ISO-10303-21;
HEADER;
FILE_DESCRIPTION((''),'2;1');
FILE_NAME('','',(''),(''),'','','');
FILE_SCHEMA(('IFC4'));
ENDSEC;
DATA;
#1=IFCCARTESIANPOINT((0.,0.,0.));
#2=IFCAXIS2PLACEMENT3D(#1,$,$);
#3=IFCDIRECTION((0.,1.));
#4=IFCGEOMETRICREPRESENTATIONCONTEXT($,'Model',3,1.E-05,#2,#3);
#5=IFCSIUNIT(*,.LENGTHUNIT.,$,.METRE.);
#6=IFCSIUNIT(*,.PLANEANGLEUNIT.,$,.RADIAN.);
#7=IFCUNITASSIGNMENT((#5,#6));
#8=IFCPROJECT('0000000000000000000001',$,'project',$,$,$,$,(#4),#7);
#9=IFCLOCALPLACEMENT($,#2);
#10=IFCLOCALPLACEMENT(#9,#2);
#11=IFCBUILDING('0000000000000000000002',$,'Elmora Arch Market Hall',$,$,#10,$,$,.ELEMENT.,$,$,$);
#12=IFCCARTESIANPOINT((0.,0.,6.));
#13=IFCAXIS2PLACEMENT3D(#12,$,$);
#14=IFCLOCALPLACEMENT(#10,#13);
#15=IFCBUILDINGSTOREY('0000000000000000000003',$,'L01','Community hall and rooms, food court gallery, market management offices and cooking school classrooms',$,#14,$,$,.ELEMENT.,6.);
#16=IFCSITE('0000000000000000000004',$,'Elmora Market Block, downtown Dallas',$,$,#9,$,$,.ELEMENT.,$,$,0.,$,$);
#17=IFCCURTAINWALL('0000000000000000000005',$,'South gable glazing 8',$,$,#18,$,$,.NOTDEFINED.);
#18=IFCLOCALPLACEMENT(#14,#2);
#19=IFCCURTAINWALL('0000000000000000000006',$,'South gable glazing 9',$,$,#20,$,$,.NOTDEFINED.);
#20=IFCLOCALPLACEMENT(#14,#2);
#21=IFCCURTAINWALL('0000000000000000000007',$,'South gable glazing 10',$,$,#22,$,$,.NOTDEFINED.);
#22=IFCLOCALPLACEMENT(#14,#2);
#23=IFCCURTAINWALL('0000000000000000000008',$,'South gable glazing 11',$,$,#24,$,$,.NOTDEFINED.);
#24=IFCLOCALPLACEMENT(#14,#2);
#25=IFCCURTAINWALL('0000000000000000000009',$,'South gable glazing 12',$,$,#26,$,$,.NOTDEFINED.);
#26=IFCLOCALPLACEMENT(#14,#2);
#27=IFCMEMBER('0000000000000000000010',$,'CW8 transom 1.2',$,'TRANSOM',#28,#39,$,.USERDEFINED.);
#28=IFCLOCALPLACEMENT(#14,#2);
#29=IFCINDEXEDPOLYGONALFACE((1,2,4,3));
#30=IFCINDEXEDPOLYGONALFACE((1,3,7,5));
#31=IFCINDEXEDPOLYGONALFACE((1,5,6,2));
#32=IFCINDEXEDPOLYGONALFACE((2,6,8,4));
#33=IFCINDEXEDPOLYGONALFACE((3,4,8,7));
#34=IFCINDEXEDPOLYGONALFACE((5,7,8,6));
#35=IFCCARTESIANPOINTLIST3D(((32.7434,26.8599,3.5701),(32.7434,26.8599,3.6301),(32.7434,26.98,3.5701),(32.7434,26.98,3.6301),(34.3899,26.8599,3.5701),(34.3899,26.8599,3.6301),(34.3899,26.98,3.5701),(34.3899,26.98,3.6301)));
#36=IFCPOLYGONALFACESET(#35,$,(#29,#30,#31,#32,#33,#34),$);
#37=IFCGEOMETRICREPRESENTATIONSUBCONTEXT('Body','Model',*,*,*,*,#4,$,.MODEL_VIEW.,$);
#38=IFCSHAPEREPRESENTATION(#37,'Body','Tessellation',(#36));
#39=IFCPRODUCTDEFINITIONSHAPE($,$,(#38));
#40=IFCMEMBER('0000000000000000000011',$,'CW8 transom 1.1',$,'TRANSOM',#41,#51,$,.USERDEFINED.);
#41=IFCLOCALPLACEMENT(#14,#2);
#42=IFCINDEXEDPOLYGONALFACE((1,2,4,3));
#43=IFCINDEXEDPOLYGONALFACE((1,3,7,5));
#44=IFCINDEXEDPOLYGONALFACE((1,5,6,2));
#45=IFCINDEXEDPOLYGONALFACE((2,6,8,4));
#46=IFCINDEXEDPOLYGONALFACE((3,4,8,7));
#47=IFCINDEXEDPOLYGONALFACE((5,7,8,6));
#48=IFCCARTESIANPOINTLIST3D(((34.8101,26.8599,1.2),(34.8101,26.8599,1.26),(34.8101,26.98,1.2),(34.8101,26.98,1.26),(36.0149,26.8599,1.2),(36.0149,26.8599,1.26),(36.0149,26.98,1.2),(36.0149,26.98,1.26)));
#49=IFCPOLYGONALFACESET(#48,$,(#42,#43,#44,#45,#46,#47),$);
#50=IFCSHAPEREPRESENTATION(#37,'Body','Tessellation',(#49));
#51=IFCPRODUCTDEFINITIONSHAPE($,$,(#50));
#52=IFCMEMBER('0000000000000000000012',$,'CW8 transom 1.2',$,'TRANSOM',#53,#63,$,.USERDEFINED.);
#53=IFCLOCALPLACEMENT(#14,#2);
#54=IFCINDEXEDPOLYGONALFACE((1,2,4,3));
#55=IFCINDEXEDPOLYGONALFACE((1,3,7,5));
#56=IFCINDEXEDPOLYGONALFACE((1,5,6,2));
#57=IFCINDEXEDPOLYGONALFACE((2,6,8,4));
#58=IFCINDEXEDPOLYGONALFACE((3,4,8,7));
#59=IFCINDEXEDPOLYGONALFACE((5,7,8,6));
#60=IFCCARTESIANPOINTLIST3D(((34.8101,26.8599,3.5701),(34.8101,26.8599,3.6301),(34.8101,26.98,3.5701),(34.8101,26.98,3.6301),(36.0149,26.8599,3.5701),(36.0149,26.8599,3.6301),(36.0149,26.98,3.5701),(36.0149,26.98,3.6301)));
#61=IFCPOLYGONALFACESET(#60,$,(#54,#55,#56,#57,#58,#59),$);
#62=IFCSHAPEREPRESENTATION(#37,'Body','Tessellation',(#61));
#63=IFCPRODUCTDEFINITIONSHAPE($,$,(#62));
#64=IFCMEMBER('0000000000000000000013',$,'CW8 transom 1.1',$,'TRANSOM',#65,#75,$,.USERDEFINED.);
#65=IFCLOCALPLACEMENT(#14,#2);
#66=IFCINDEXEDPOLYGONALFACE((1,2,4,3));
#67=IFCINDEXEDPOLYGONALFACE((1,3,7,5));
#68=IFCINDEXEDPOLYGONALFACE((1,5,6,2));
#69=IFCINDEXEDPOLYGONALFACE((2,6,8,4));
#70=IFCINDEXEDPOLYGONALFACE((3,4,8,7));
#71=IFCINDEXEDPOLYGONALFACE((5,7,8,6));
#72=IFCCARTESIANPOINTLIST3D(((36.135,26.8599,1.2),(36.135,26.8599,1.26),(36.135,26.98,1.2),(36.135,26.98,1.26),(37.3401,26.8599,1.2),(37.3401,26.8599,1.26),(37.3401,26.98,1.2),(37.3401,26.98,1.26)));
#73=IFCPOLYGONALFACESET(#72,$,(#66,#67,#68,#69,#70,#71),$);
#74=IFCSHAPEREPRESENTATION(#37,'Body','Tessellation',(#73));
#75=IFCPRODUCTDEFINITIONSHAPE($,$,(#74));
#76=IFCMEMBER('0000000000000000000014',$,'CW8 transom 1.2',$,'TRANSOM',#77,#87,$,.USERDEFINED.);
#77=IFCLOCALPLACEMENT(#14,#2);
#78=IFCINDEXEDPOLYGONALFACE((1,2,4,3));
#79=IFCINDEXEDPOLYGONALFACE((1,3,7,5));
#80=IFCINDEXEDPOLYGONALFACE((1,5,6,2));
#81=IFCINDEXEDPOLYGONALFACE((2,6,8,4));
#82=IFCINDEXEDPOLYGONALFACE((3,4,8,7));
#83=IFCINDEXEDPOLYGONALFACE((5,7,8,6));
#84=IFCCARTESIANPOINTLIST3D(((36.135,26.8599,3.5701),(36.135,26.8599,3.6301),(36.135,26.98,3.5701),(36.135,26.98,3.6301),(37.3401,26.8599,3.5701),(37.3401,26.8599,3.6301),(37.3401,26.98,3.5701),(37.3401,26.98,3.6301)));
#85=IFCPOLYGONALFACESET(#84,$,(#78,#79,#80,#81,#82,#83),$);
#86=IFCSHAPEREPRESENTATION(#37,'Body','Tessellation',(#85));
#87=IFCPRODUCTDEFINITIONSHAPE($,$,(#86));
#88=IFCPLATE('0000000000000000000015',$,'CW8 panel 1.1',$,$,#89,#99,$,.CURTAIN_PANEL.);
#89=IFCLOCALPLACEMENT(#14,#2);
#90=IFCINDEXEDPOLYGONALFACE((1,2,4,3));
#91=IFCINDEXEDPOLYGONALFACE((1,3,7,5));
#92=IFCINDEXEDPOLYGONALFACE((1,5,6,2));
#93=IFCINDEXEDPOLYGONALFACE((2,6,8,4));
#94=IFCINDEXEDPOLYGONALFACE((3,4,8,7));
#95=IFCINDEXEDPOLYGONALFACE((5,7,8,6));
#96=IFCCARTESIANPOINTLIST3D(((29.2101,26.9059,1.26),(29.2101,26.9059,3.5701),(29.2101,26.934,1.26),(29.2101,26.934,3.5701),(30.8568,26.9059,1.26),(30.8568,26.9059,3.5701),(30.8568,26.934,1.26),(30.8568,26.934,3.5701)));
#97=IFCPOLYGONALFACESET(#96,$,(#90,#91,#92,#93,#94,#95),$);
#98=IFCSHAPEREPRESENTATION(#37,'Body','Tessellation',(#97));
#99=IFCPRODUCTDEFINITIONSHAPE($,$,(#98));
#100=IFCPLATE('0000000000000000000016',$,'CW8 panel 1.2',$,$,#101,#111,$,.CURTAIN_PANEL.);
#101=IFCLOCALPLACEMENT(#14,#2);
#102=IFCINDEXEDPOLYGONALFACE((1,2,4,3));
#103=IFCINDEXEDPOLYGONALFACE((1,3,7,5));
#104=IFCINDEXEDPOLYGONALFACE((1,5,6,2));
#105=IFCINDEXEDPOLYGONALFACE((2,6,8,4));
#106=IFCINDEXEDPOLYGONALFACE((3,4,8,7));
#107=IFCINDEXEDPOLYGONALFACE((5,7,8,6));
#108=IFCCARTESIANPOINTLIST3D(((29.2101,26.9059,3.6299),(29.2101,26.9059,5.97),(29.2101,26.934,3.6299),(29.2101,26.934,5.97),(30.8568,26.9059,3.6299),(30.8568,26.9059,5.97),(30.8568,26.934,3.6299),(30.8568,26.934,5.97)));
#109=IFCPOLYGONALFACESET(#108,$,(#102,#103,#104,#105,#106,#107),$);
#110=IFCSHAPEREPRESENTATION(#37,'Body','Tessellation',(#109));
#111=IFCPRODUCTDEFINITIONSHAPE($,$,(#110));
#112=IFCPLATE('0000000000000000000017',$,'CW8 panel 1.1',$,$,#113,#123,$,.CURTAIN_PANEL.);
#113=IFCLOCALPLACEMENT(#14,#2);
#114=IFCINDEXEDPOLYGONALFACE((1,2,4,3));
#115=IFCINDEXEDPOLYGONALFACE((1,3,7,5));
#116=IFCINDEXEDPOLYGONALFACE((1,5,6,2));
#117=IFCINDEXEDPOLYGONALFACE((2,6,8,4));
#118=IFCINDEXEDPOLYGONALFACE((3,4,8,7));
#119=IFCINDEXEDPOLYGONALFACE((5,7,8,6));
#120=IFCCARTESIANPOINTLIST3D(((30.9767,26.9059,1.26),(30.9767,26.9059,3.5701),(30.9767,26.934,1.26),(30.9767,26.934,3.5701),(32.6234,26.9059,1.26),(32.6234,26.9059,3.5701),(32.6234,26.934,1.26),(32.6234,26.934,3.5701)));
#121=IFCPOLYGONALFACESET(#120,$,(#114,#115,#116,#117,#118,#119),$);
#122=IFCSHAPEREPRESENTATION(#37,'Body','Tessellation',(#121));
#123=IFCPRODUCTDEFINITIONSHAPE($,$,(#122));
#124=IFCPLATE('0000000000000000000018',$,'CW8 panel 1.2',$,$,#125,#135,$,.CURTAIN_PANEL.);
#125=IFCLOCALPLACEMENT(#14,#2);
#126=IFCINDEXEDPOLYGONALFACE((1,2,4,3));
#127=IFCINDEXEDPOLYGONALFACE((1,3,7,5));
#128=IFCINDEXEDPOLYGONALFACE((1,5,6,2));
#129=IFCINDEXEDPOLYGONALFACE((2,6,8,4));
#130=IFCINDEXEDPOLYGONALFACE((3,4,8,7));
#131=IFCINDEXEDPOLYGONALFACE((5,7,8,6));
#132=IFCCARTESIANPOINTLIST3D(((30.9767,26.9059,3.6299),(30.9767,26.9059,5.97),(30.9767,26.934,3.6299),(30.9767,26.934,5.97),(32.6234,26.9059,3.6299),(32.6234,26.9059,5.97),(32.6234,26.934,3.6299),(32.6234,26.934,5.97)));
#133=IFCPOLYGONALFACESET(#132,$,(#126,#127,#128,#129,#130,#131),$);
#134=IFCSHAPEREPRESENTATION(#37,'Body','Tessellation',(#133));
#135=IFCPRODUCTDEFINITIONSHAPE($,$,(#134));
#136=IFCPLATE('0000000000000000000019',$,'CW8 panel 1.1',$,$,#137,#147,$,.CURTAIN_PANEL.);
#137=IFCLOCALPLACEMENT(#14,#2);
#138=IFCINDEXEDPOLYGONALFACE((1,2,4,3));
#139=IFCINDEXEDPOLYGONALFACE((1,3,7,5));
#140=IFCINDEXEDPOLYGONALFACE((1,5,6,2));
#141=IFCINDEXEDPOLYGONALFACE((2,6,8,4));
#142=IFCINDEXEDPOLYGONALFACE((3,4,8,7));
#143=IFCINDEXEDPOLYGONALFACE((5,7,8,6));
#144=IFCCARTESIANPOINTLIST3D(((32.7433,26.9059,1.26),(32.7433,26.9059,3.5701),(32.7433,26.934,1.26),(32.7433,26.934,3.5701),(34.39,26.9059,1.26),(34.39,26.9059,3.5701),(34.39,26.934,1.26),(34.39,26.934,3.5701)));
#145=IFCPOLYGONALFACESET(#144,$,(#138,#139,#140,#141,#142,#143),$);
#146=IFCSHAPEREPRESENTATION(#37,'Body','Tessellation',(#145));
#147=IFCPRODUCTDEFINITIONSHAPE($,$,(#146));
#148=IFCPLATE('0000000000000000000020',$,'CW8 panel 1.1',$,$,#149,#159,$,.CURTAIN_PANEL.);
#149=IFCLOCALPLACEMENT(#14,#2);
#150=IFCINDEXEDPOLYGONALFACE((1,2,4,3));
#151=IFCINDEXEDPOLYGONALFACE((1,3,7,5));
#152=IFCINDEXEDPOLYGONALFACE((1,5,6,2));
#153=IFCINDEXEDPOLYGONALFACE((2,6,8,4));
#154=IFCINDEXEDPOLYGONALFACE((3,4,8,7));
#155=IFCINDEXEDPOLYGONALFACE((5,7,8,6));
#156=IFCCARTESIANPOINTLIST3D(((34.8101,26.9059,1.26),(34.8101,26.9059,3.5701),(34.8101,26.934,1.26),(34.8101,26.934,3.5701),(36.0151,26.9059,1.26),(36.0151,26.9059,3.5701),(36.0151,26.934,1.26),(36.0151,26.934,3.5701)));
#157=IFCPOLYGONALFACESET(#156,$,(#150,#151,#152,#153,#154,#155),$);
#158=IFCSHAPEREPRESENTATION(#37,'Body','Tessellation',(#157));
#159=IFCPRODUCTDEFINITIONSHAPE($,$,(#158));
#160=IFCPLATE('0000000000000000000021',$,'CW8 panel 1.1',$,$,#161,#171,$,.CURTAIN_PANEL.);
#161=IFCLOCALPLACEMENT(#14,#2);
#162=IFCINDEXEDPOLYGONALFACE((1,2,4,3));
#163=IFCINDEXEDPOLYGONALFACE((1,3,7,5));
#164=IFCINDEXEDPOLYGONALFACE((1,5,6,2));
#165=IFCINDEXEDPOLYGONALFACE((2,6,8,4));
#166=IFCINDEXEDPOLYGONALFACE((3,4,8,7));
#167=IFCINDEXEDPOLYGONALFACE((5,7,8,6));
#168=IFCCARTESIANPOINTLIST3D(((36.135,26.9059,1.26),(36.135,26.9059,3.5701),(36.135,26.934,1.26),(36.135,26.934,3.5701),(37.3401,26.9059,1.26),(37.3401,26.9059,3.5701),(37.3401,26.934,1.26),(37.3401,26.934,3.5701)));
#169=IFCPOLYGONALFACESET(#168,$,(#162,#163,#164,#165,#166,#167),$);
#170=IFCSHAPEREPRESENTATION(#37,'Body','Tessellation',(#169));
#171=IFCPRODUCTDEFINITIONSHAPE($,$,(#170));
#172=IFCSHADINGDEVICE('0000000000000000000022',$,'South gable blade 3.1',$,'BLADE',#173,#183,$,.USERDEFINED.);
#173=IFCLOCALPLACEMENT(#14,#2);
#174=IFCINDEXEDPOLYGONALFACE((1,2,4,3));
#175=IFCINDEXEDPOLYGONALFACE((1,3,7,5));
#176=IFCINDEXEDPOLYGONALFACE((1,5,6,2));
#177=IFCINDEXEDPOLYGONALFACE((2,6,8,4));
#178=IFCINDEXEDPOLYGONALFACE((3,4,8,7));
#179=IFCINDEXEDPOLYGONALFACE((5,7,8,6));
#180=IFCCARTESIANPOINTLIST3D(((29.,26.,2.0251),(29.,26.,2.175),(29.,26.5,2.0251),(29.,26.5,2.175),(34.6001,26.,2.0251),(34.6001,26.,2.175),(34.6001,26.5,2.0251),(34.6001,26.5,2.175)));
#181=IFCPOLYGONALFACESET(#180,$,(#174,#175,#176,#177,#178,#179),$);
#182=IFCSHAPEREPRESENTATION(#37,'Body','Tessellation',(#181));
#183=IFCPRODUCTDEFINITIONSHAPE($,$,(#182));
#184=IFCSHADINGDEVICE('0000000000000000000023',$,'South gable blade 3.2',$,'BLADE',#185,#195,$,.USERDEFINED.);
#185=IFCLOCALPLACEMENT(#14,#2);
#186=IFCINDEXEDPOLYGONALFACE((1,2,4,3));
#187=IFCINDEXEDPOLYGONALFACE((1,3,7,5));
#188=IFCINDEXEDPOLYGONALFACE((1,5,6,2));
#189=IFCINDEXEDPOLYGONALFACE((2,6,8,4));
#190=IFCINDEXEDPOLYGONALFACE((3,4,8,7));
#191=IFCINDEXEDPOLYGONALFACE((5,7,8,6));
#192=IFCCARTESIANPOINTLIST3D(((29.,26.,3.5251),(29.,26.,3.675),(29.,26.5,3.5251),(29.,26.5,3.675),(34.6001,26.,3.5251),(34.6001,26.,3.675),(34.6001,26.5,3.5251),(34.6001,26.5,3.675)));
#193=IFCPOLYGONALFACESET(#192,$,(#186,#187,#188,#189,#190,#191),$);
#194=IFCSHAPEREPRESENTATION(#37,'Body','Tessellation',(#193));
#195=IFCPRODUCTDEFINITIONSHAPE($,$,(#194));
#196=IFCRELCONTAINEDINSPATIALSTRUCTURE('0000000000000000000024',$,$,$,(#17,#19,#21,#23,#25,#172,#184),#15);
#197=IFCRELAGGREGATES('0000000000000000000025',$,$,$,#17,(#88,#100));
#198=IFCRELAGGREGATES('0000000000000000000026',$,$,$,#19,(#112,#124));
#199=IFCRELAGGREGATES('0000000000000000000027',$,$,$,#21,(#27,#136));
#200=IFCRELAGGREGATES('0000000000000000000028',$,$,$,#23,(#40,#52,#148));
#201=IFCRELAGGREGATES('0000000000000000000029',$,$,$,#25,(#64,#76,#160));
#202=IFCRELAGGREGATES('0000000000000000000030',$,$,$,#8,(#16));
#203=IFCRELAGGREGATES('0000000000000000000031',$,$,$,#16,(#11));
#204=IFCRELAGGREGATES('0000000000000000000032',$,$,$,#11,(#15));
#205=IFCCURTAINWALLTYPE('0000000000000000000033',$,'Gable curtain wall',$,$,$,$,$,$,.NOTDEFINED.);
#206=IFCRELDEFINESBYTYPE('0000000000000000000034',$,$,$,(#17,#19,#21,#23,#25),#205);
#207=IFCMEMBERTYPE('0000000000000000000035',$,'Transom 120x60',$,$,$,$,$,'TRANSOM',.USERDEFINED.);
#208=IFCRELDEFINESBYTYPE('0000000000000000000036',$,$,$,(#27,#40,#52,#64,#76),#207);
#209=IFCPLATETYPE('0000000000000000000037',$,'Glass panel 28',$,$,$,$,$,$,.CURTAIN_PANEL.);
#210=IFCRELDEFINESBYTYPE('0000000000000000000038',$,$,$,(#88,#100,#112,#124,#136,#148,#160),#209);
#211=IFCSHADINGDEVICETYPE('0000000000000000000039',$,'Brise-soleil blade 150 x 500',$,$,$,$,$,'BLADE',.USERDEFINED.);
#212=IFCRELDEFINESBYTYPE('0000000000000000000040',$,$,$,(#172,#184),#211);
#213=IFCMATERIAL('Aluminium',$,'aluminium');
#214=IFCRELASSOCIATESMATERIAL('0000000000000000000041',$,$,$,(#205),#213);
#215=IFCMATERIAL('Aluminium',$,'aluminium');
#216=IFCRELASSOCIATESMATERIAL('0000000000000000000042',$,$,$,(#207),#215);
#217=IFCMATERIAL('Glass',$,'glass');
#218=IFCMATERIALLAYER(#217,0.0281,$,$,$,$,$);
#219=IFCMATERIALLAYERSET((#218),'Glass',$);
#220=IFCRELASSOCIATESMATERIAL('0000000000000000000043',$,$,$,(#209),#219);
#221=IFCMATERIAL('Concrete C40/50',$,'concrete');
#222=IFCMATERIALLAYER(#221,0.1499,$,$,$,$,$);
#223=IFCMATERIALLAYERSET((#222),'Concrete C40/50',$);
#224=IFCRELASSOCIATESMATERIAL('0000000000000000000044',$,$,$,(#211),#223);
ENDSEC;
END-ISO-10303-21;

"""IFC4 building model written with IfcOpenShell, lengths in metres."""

from ifc_helpers import new_model, si_unit, direction, frame, origin, origin_2d, place, context, subcontext, project, spatial, rectangle, extrude, material, layer, layer_set, material_profile, profile_set, type_object, element, aggregate, save


model = new_model("IFC4")

# Units and contexts
model_context = context("Model", 3, precision=1e-05, world=origin(), true_north=direction((0.0, 1.0)))
body_context = subcontext(model_context, "Body", "Model", "MODEL_VIEW")
ifc_project = project(units=[si_unit("LENGTHUNIT", "METRE"), si_unit("PLANEANGLEUNIT", "RADIAN")], contexts=[model_context])

# Site, building, storey
site_placement = place(None, origin())
site = spatial("IfcSite", under=ifc_project, at=site_placement, Name="Elmora Market Block, downtown Dallas", CompositionType="ELEMENT", RefElevation=0.0)
building_placement = place(site_placement, origin())
building = spatial("IfcBuilding", under=site, at=building_placement, Name="Elmora Arch Market Hall", CompositionType="ELEMENT")
storey_placement = place(building_placement, frame((0.0, 0.0, 6.0)))
storey = spatial("IfcBuildingStorey", under=building, at=storey_placement, Name="L01", Description="Community hall and rooms, food court gallery, market management offices and cooking school classrooms", CompositionType="ELEMENT", Elevation=6.0)

# Shared definitions
ifc_material_1 = material(Name="Aluminium", Category="aluminium")
curtain_wall_type = type_object("IfcCurtainWallType", Name="Gable curtain wall", PredefinedType="NOTDEFINED", material=ifc_material_1)

# Curtain walls
curtain_wall_1_placement = place(storey_placement, origin())
curtain_wall_1 = element("IfcCurtainWall", 1, at=curtain_wall_1_placement, inside=storey, type_object=curtain_wall_type, Name="South gable glazing 8", PredefinedType="NOTDEFINED")
curtain_wall_2_placement = place(storey_placement, origin())
curtain_wall_2 = element("IfcCurtainWall", 2, at=curtain_wall_2_placement, inside=storey, type_object=curtain_wall_type, Name="South gable glazing 9", PredefinedType="NOTDEFINED")
curtain_wall_3_placement = place(storey_placement, origin())
curtain_wall_3 = element("IfcCurtainWall", 3, at=curtain_wall_3_placement, inside=storey, type_object=curtain_wall_type, Name="South gable glazing 10", PredefinedType="NOTDEFINED")
curtain_wall_4_placement = place(storey_placement, origin())
curtain_wall_4 = element("IfcCurtainWall", 4, at=curtain_wall_4_placement, inside=storey, type_object=curtain_wall_type, Name="South gable glazing 11", PredefinedType="NOTDEFINED")

# Curtain wall
curtain_wall_5_placement = place(storey_placement, origin())
curtain_wall_5 = element("IfcCurtainWall", 5, at=curtain_wall_5_placement, inside=storey, type_object=curtain_wall_type, Name="South gable glazing 12", PredefinedType="NOTDEFINED")

# Members
ifc_material_2 = material(Name="Aluminium", Category="aluminium")
ifc_material_profile_1 = material_profile(ifc_material_2, rectangle(XDim=0.1201, YDim=0.0601, at=origin_2d()), Name="AL 120x60")
ifc_profile_set_1 = profile_set([ifc_material_profile_1], Name="Aluminium")
member_type_1 = type_object("IfcMemberType", Name="Transom 120x60", ElementType="TRANSOM", PredefinedType="USERDEFINED", material=ifc_profile_set_1)
member_1_placement = place(storey_placement, frame((32.7434, 26.9199, 3.6001), z_axis=(1.0, 0.0, 0.0), x_axis=(0.0, 1.0, 0.0)))
member_1 = element("IfcMember", 6, at=member_1_placement, type_object=member_type_1, Name="CW8 transom 1.2", ObjectType="TRANSOM", PredefinedType="USERDEFINED", context=body_context, shape_type="SweptSolid", body=[
    extrude(rectangle(XDim=0.1201, YDim=0.0601, at=origin_2d()), origin(), (0.0, 0.0, 1.0), 1.6465),
])
member_2_placement = place(storey_placement, frame((34.8101, 26.9199, 1.23), z_axis=(1.0, 0.0, 0.0), x_axis=(0.0, 1.0, 0.0)))
member_2 = element("IfcMember", 7, at=member_2_placement, type_object=member_type_1, Name="CW8 transom 1.1", ObjectType="TRANSOM", PredefinedType="USERDEFINED", context=body_context, shape_type="SweptSolid", body=[
    extrude(rectangle(XDim=0.1201, YDim=0.0601, at=origin_2d()), origin(), (0.0, 0.0, 1.0), 1.2048),
])
member_3_placement = place(storey_placement, frame((34.8101, 26.9199, 3.6001), z_axis=(1.0, 0.0, 0.0), x_axis=(0.0, 1.0, 0.0)))
member_3 = element("IfcMember", 8, at=member_3_placement, type_object=member_type_1, Name="CW8 transom 1.2", ObjectType="TRANSOM", PredefinedType="USERDEFINED", context=body_context, shape_type="SweptSolid", body=[
    extrude(rectangle(XDim=0.1201, YDim=0.0601, at=origin_2d()), origin(), (0.0, 0.0, 1.0), 1.2048),
])
member_4_placement = place(storey_placement, frame((36.135, 26.9199, 1.23), z_axis=(1.0, 0.0, 0.0), x_axis=(0.0, 1.0, 0.0)))
member_4 = element("IfcMember", 9, at=member_4_placement, type_object=member_type_1, Name="CW8 transom 1.1", ObjectType="TRANSOM", PredefinedType="USERDEFINED", context=body_context, shape_type="SweptSolid", body=[
    extrude(rectangle(XDim=0.1201, YDim=0.0601, at=origin_2d()), origin(), (0.0, 0.0, 1.0), 1.2051),
])
member_5_placement = place(storey_placement, frame((36.135, 26.9199, 3.6001), z_axis=(1.0, 0.0, 0.0), x_axis=(0.0, 1.0, 0.0)))
member_5 = element("IfcMember", 10, at=member_5_placement, type_object=member_type_1, Name="CW8 transom 1.2", ObjectType="TRANSOM", PredefinedType="USERDEFINED", context=body_context, shape_type="SweptSolid", body=[
    extrude(rectangle(XDim=0.1201, YDim=0.0601, at=origin_2d()), origin(), (0.0, 0.0, 1.0), 1.2051),
])

# Plates
ifc_material_3 = material(Name="Glass", Category="glass")
ifc_layer_1 = layer(ifc_material_3, 0.0281)
ifc_layer_set_1 = layer_set([ifc_layer_1], Name="Glass")
plate_type = type_object("IfcPlateType", Name="Glass panel 28", PredefinedType="CURTAIN_PANEL", material=ifc_layer_set_1)
plate_1_placement = place(storey_placement, frame((30.0334, 26.9199, 1.26), z_axis=(0.0, 0.0, 1.0), x_axis=(1.0, 0.0, 0.0)))
plate_1 = element("IfcPlate", 11, at=plate_1_placement, type_object=plate_type, Name="CW8 panel 1.1", PredefinedType="CURTAIN_PANEL", context=body_context, shape_type="SweptSolid", body=[
    extrude(rectangle(XDim=1.6467, YDim=0.0281, at=origin_2d()), origin(), (0.0, 0.0, 1.0), 2.3101),
])
plate_2_placement = place(storey_placement, frame((30.0334, 26.9199, 3.6299), z_axis=(0.0, 0.0, 1.0), x_axis=(1.0, 0.0, 0.0)))
plate_2 = element("IfcPlate", 12, at=plate_2_placement, type_object=plate_type, Name="CW8 panel 1.2", PredefinedType="CURTAIN_PANEL", context=body_context, shape_type="SweptSolid", body=[
    extrude(rectangle(XDim=1.6467, YDim=0.0281, at=origin_2d()), origin(), (0.0, 0.0, 1.0), 2.3401),
])
aggregate(curtain_wall_1, [plate_1, plate_2])
plate_3_placement = place(storey_placement, frame((31.8, 26.9199, 1.26), z_axis=(0.0, 0.0, 1.0), x_axis=(1.0, 0.0, 0.0)))
plate_3 = element("IfcPlate", 13, at=plate_3_placement, type_object=plate_type, Name="CW8 panel 1.1", PredefinedType="CURTAIN_PANEL", context=body_context, shape_type="SweptSolid", body=[
    extrude(rectangle(XDim=1.6467, YDim=0.0281, at=origin_2d()), origin(), (0.0, 0.0, 1.0), 2.3101),
])
plate_4_placement = place(storey_placement, frame((31.8, 26.9199, 3.6299), z_axis=(0.0, 0.0, 1.0), x_axis=(1.0, 0.0, 0.0)))
plate_4 = element("IfcPlate", 14, at=plate_4_placement, type_object=plate_type, Name="CW8 panel 1.2", PredefinedType="CURTAIN_PANEL", context=body_context, shape_type="SweptSolid", body=[
    extrude(rectangle(XDim=1.6467, YDim=0.0281, at=origin_2d()), origin(), (0.0, 0.0, 1.0), 2.3401),
])
aggregate(curtain_wall_2, [plate_3, plate_4])
plate_5_placement = place(storey_placement, frame((33.5667, 26.9199, 1.26), z_axis=(0.0, 0.0, 1.0), x_axis=(1.0, 0.0, 0.0)))
plate_5 = element("IfcPlate", 15, at=plate_5_placement, type_object=plate_type, Name="CW8 panel 1.1", PredefinedType="CURTAIN_PANEL", context=body_context, shape_type="SweptSolid", body=[
    extrude(rectangle(XDim=1.6467, YDim=0.0281, at=origin_2d()), origin(), (0.0, 0.0, 1.0), 2.3101),
])
aggregate(curtain_wall_3, [member_1, plate_5])
plate_6_placement = place(storey_placement, frame((35.4126, 26.9199, 1.26), z_axis=(0.0, 0.0, 1.0), x_axis=(1.0, 0.0, 0.0)))
plate_6 = element("IfcPlate", 16, at=plate_6_placement, type_object=plate_type, Name="CW8 panel 1.1", PredefinedType="CURTAIN_PANEL", context=body_context, shape_type="SweptSolid", body=[
    extrude(rectangle(XDim=1.2051, YDim=0.0281, at=origin_2d()), origin(), (0.0, 0.0, 1.0), 2.3101),
])
aggregate(curtain_wall_4, [member_2, member_3, plate_6])
plate_7_placement = place(storey_placement, frame((36.7375, 26.9199, 1.26), z_axis=(0.0, 0.0, 1.0), x_axis=(1.0, 0.0, 0.0)))
plate_7 = element("IfcPlate", 17, at=plate_7_placement, type_object=plate_type, Name="CW8 panel 1.1", PredefinedType="CURTAIN_PANEL", context=body_context, shape_type="SweptSolid", body=[
    extrude(rectangle(XDim=1.2051, YDim=0.0281, at=origin_2d()), origin(), (0.0, 0.0, 1.0), 2.3101),
])
aggregate(curtain_wall_5, [member_4, member_5, plate_7])

# Shading devices
ifc_material_4 = material(Name="Concrete C40/50", Category="concrete")
ifc_layer_2 = layer(ifc_material_4, 0.1499)
ifc_layer_set_2 = layer_set([ifc_layer_2], Name="Concrete C40/50")
shading_device_type = type_object("IfcShadingDeviceType", Name="Brise-soleil blade 150 x 500", ElementType="BLADE", PredefinedType="USERDEFINED", material=ifc_layer_set_2)
for number, where, z_axis, x_axis, name in (
    (18, (31.8, 26.25, 2.0251), (0.0, 0.0, 1.0), (1.0, 0.0, 0.0), "South gable blade 3.1"),
    (19, (31.8, 26.25, 3.5251), (0.0, 0.0, 1.0), (1.0, 0.0, 0.0), "South gable blade 3.2"),
):
    element("IfcShadingDevice", number, at=place(storey_placement, frame(where, z_axis=z_axis, x_axis=x_axis)), inside=storey, type_object=shading_device_type, Name=name, ObjectType="BLADE", PredefinedType="USERDEFINED", context=body_context, shape_type="SweptSolid", body=[
        extrude(rectangle(XDim=5.6001, YDim=0.5, at=origin_2d()), origin(), (0.0, 0.0, 1.0), 0.1499),
    ])

save(model, "model.ifc")
